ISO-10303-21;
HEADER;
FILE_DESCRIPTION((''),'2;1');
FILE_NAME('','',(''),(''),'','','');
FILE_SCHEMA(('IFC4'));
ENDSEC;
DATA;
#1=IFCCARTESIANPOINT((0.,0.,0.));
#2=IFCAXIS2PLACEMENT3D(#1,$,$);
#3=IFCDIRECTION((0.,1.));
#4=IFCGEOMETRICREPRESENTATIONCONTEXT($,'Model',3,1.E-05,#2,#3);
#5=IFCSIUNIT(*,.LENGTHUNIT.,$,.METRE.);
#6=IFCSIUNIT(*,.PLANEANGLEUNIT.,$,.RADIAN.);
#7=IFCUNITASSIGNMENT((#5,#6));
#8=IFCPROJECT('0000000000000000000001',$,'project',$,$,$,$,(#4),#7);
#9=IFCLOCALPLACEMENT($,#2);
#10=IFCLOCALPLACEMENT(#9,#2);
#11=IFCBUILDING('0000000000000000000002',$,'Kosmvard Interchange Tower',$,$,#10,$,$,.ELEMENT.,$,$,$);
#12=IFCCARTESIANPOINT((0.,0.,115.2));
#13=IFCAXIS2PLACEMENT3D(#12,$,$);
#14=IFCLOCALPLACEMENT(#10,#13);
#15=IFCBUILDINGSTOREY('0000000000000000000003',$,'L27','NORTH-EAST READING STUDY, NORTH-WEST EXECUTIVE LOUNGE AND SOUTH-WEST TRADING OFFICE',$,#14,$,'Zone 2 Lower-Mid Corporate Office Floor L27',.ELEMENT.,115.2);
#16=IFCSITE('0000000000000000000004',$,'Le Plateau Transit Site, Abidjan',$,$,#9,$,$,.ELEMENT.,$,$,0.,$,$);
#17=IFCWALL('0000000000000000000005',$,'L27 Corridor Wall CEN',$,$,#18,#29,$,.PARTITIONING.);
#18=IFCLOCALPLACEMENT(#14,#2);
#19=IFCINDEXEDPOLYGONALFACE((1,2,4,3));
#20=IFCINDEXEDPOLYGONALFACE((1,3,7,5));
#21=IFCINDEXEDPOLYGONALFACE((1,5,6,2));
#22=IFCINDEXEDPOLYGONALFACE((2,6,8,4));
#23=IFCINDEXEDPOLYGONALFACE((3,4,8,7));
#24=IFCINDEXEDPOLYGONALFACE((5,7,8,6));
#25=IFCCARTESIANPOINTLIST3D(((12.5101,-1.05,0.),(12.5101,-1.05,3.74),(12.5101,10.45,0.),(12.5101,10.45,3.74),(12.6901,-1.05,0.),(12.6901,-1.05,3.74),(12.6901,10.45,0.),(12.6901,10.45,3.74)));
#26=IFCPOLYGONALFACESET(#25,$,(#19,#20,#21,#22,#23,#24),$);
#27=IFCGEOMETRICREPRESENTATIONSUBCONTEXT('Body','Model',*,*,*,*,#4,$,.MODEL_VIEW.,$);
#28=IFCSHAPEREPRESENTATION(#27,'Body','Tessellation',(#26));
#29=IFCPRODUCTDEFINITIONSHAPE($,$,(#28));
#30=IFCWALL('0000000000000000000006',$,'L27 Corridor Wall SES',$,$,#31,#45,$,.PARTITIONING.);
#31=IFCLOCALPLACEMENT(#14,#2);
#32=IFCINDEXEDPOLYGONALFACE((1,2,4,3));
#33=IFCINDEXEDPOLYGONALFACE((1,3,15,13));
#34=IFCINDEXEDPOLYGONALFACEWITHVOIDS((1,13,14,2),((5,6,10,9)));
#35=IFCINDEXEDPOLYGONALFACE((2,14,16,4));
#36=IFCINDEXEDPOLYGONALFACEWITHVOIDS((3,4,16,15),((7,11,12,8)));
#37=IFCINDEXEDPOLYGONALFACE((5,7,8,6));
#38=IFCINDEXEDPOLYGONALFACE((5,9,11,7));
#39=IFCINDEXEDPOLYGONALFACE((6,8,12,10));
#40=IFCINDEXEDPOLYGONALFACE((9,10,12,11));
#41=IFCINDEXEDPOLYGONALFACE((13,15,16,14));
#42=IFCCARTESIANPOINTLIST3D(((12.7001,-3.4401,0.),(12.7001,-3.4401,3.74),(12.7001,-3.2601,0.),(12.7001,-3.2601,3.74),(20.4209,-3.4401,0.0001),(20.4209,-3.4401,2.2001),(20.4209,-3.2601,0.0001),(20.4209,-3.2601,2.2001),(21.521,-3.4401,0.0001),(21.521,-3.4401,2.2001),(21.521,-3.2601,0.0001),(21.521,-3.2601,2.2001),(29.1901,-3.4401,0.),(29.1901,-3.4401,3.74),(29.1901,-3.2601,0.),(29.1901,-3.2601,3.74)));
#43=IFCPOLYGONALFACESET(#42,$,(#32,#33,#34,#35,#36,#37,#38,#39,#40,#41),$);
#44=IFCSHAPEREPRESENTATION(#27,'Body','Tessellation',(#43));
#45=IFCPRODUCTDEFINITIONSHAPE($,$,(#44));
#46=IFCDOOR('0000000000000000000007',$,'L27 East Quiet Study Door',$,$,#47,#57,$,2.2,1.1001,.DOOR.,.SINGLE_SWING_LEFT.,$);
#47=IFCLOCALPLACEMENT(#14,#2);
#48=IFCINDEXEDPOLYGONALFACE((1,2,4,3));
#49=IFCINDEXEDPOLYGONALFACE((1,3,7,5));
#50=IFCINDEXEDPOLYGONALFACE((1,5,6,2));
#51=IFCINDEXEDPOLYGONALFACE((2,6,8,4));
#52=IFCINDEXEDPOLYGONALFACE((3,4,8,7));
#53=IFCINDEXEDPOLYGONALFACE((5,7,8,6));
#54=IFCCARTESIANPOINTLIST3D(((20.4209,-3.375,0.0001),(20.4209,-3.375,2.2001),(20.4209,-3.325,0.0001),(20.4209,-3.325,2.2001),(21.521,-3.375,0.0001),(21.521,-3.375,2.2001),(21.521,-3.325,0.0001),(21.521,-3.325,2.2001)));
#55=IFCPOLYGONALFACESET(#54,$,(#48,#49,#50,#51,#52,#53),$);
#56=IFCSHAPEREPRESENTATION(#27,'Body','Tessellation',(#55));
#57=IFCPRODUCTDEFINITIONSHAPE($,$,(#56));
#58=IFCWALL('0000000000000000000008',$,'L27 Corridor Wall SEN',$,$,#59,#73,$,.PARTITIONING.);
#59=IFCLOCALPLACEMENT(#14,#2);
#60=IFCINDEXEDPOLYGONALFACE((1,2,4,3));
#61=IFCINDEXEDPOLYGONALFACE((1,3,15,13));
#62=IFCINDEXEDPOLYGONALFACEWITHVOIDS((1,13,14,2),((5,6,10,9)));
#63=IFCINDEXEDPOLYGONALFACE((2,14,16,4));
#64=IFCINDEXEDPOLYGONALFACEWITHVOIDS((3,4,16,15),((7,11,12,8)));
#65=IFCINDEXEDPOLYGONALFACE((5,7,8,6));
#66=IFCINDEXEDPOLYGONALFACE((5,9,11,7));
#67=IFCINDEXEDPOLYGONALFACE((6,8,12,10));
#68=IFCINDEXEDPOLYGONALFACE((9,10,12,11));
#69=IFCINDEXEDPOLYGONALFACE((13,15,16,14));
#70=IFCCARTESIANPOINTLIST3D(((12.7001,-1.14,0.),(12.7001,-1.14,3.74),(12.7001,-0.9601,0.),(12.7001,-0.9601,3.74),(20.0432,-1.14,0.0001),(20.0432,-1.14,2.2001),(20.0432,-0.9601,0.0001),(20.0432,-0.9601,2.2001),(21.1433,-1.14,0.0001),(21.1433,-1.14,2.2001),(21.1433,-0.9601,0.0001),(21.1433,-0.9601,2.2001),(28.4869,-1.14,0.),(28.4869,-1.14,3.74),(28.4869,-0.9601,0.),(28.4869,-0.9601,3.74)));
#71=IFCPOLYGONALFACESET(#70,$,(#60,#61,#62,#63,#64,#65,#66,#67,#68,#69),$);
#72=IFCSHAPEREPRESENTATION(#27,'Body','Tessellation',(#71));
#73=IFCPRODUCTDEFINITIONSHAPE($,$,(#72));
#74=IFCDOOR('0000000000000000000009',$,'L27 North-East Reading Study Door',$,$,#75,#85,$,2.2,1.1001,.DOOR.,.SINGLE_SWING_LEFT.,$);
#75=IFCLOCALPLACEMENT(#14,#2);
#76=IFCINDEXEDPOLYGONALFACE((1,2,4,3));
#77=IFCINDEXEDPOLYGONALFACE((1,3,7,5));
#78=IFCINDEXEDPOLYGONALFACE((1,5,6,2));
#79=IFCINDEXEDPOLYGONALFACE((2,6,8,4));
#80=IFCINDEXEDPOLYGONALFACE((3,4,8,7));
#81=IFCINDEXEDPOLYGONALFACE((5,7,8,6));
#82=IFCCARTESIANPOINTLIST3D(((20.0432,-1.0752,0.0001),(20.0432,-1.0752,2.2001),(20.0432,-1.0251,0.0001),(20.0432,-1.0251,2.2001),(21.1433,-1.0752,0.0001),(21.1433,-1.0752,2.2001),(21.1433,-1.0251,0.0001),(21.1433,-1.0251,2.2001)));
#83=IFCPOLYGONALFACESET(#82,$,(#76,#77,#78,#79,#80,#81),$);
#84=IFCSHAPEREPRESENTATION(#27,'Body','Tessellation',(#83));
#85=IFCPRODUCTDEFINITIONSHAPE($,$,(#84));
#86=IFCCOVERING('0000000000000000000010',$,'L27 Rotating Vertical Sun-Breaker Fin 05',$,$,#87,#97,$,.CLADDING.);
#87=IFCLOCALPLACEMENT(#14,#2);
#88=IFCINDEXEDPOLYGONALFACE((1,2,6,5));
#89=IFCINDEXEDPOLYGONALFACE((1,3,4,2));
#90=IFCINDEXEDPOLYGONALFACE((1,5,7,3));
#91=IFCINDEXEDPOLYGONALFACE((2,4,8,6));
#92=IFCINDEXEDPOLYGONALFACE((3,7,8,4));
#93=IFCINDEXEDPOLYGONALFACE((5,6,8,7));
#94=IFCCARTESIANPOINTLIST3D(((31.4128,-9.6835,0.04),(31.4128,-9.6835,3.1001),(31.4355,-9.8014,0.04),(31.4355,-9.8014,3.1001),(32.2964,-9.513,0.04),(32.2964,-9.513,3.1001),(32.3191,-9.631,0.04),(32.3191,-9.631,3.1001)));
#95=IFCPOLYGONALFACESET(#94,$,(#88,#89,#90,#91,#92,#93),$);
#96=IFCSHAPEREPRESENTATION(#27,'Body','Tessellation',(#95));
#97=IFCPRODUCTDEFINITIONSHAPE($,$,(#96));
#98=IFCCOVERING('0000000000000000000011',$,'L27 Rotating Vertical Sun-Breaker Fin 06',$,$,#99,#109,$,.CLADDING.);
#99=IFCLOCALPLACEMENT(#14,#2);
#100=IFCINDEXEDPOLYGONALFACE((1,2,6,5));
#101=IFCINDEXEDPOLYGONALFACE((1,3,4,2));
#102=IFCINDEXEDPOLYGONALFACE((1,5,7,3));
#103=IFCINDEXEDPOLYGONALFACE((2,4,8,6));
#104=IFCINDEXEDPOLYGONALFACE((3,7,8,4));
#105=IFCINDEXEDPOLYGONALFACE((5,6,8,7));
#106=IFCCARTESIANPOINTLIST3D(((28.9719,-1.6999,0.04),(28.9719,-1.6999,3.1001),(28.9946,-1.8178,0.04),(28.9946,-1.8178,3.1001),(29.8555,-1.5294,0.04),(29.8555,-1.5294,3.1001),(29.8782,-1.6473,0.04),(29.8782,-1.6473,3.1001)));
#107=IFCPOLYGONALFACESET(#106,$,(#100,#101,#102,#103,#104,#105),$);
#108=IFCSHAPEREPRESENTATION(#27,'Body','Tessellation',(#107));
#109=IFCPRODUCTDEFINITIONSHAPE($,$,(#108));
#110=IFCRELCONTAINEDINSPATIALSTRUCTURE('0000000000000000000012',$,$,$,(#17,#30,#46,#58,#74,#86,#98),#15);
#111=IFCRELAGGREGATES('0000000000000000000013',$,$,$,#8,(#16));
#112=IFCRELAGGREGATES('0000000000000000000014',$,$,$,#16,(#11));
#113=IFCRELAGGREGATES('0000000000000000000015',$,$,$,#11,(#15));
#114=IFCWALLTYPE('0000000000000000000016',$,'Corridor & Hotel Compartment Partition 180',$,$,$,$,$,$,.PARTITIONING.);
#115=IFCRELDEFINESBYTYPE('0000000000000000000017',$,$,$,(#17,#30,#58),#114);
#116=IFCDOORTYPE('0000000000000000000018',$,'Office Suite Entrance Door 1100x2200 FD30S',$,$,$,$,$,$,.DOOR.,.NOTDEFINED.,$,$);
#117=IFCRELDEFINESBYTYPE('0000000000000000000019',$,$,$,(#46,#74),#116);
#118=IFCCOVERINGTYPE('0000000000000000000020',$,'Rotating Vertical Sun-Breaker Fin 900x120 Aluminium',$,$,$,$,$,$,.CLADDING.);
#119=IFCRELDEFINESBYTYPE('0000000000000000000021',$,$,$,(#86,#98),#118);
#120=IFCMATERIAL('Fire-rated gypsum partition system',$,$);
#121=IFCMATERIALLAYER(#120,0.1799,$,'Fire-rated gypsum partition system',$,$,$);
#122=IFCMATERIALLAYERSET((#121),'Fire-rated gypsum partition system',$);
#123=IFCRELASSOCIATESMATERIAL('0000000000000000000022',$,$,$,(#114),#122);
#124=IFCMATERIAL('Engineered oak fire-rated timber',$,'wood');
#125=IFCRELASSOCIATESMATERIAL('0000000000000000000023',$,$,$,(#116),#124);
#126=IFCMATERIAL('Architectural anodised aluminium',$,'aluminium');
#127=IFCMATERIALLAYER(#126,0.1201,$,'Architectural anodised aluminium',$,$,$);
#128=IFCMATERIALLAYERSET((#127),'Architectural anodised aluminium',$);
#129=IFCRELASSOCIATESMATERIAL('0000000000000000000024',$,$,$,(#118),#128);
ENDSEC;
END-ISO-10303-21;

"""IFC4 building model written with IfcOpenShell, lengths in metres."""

from ifc_helpers import new_model, si_unit, direction, frame, frame_2d, origin, origin_2d, place, context, subcontext, project, spatial, rectangle, extrude, source, transform, mapped, material, layer, layer_set, type_object, element, fill, save


model = new_model("IFC4")

# Units and contexts
model_context = context("Model", 3, precision=1e-05, world=origin(), true_north=direction((0.0, 1.0)))
body_context = subcontext(model_context, "Body", "Model", "MODEL_VIEW")
ifc_project = project(units=[si_unit("LENGTHUNIT", "METRE"), si_unit("PLANEANGLEUNIT", "RADIAN")], contexts=[model_context])

# Site, building, storey
site_placement = place(None, origin())
site = spatial("IfcSite", under=ifc_project, at=site_placement, Name="Le Plateau Transit Site, Abidjan", CompositionType="ELEMENT", RefElevation=0.0)
building_placement = place(site_placement, origin())
building = spatial("IfcBuilding", under=site, at=building_placement, Name="Kosmvard Interchange Tower", CompositionType="ELEMENT")
storey_placement = place(building_placement, frame((0.0, 0.0, 115.2)))
storey = spatial("IfcBuildingStorey", under=building, at=storey_placement, Name="L27", Description="NORTH-EAST READING STUDY, NORTH-WEST EXECUTIVE LOUNGE AND SOUTH-WEST TRADING OFFICE", LongName="Zone 2 Lower-Mid Corporate Office Floor L27", CompositionType="ELEMENT", Elevation=115.2)

# Wall
ifc_material_1 = material(Name="Fire-rated gypsum partition system")
ifc_layer_1 = layer(ifc_material_1, 0.1799, Name="Fire-rated gypsum partition system")
ifc_layer_set_1 = layer_set([ifc_layer_1], Name="Fire-rated gypsum partition system")
wall_type = type_object("IfcWallType", Name="Corridor & Hotel Compartment Partition 180", PredefinedType="PARTITIONING", material=ifc_layer_set_1)
wall_1_placement = place(storey_placement, frame((12.6001, -1.05, 0.0), z_axis=(0.0, 0.0, 1.0), x_axis=(0.0, 1.0, 0.0)))
element("IfcWall", 1, at=wall_1_placement, inside=storey, type_object=wall_type, Name="L27 Corridor Wall CEN", PredefinedType="PARTITIONING", context=body_context, shape_type="SweptSolid", body=[
    extrude(rectangle(XDim=11.5, YDim=0.1799, at=frame_2d((5.75, 0.0))), origin(), (0.0, 0.0, 1.0), 3.74),
])

# Walls, openings, doors
wall_2_placement = place(storey_placement, frame((12.7, -3.3501, 0.0), z_axis=(0.0, 0.0, 1.0), x_axis=(1.0, 0.0, 0.0)))
wall_2 = element("IfcWall", 2, at=wall_2_placement, inside=storey, type_object=wall_type, Name="L27 Corridor Wall SES", PredefinedType="PARTITIONING", context=body_context, shape_type="SweptSolid", body=[
    extrude(rectangle(XDim=16.49, YDim=0.1799, at=frame_2d((8.2451, 0.0))), origin(), (0.0, 0.0, 1.0), 3.74),
])
opening_1_placement = place(wall_2_placement, frame((7.7209, 0.0, 0.0)))
opening_1 = element("IfcOpeningElement", 3, at=opening_1_placement, cuts=wall_2, PredefinedType="OPENING", context=body_context, shape_type="SweptSolid", body=[
    extrude(rectangle(XDim=1.1001, YDim=2.2, at=frame_2d((0.55, 1.1001))), frame((0.0, 0.1001, 0.0), z_axis=(0.0, -1.0, 0.0), x_axis=(1.0, 0.0, 0.0)), (0.0, 0.0, 1.0), 0.2),
])
ifc_material_2 = material(Name="Engineered oak fire-rated timber", Category="wood")
door_type = type_object("IfcDoorType", Name="Office Suite Entrance Door 1100x2200 FD30S", OperationType="NOTDEFINED", PredefinedType="DOOR", material=ifc_material_2)
shared_shape_1 = source(origin(), body_context, "Body", "SweptSolid", [
    extrude(rectangle(XDim=1.1001, YDim=2.2, at=frame_2d((0.55, 1.1001))), frame((0.0, 0.0249, 0.0), z_axis=(0.0, -1.0, 0.0), x_axis=(1.0, 0.0, 0.0)), (0.0, 0.0, 1.0), 0.05),
])
door_1_placement = place(opening_1_placement, frame((1.1001, 0.0, 0.0), z_axis=(0.0, 0.0, 1.0), x_axis=(-1.0, 0.0, 0.0)))
door_1 = element("IfcDoor", 4, at=door_1_placement, inside=storey, type_object=door_type, Name="L27 East Quiet Study Door", OperationType="SINGLE_SWING_LEFT", OverallHeight=2.2, OverallWidth=1.1001, PredefinedType="DOOR", context=body_context, shape_type="MappedRepresentation", body=[
    mapped(shared_shape_1, transform((0.0, 0.0, 0.0), scale=1.0)),
])
fill(opening_1, door_1)
wall_3_placement = place(storey_placement, frame((12.7, -1.05, 0.0), z_axis=(0.0, 0.0, 1.0), x_axis=(1.0, 0.0, 0.0)))
wall_3 = element("IfcWall", 5, at=wall_3_placement, inside=storey, type_object=wall_type, Name="L27 Corridor Wall SEN", PredefinedType="PARTITIONING", context=body_context, shape_type="SweptSolid", body=[
    extrude(rectangle(XDim=15.7869, YDim=0.1799, at=frame_2d((7.8936, 0.0))), origin(), (0.0, 0.0, 1.0), 3.74),
])
opening_2_placement = place(wall_3_placement, frame((7.3433, 0.0, 0.0)))
opening_2 = element("IfcOpeningElement", 6, at=opening_2_placement, cuts=wall_3, PredefinedType="OPENING", context=body_context, shape_type="SweptSolid", body=[
    extrude(rectangle(XDim=1.1001, YDim=2.2, at=frame_2d((0.55, 1.1001))), frame((0.0, 0.1001, 0.0), z_axis=(0.0, -1.0, 0.0), x_axis=(1.0, 0.0, 0.0)), (0.0, 0.0, 1.0), 0.2),
])
door_2_placement = place(opening_2_placement, origin())
door_2 = element("IfcDoor", 7, at=door_2_placement, inside=storey, type_object=door_type, Name="L27 North-East Reading Study Door", OperationType="SINGLE_SWING_LEFT", OverallHeight=2.2, OverallWidth=1.1001, PredefinedType="DOOR", context=body_context, shape_type="MappedRepresentation", body=[
    mapped(shared_shape_1, transform((0.0, 0.0, 0.0), scale=1.0)),
])
fill(opening_2, door_2)

# Coverings
ifc_material_3 = material(Name="Architectural anodised aluminium", Category="aluminium")
ifc_layer_2 = layer(ifc_material_3, 0.1201, Name="Architectural anodised aluminium")
ifc_layer_set_2 = layer_set([ifc_layer_2], Name="Architectural anodised aluminium")
covering_type = type_object("IfcCoveringType", Name="Rotating Vertical Sun-Breaker Fin 900x120 Aluminium", PredefinedType="CLADDING", material=ifc_layer_set_2)
shared_shape_2 = source(origin(), body_context, "Body", "SweptSolid", [
    extrude(rectangle(XDim=0.8999, YDim=0.1201, at=origin_2d()), origin(), (0.0, 0.0, 1.0), 3.0601),
])
for number, where, z_axis, x_axis, name in (
    (8, (31.866, -9.6572, 0.04), (0.0, 0.0, 1.0), (0.981893, 0.189438, 0.0), "L27 Rotating Vertical Sun-Breaker Fin 05"),
    (9, (29.425, -1.6736, 0.04), (0.0, 0.0, 1.0), (0.981893, 0.189438, 0.0), "L27 Rotating Vertical Sun-Breaker Fin 06"),
):
    element("IfcCovering", number, at=place(storey_placement, frame(where, z_axis=z_axis, x_axis=x_axis)), inside=storey, type_object=covering_type, Name=name, PredefinedType="CLADDING", context=body_context, shape_type="MappedRepresentation", body=[
        mapped(shared_shape_2, transform((0.0, 0.0, 0.0), scale=1.0)),
    ])

save(model, "model.ifc")
